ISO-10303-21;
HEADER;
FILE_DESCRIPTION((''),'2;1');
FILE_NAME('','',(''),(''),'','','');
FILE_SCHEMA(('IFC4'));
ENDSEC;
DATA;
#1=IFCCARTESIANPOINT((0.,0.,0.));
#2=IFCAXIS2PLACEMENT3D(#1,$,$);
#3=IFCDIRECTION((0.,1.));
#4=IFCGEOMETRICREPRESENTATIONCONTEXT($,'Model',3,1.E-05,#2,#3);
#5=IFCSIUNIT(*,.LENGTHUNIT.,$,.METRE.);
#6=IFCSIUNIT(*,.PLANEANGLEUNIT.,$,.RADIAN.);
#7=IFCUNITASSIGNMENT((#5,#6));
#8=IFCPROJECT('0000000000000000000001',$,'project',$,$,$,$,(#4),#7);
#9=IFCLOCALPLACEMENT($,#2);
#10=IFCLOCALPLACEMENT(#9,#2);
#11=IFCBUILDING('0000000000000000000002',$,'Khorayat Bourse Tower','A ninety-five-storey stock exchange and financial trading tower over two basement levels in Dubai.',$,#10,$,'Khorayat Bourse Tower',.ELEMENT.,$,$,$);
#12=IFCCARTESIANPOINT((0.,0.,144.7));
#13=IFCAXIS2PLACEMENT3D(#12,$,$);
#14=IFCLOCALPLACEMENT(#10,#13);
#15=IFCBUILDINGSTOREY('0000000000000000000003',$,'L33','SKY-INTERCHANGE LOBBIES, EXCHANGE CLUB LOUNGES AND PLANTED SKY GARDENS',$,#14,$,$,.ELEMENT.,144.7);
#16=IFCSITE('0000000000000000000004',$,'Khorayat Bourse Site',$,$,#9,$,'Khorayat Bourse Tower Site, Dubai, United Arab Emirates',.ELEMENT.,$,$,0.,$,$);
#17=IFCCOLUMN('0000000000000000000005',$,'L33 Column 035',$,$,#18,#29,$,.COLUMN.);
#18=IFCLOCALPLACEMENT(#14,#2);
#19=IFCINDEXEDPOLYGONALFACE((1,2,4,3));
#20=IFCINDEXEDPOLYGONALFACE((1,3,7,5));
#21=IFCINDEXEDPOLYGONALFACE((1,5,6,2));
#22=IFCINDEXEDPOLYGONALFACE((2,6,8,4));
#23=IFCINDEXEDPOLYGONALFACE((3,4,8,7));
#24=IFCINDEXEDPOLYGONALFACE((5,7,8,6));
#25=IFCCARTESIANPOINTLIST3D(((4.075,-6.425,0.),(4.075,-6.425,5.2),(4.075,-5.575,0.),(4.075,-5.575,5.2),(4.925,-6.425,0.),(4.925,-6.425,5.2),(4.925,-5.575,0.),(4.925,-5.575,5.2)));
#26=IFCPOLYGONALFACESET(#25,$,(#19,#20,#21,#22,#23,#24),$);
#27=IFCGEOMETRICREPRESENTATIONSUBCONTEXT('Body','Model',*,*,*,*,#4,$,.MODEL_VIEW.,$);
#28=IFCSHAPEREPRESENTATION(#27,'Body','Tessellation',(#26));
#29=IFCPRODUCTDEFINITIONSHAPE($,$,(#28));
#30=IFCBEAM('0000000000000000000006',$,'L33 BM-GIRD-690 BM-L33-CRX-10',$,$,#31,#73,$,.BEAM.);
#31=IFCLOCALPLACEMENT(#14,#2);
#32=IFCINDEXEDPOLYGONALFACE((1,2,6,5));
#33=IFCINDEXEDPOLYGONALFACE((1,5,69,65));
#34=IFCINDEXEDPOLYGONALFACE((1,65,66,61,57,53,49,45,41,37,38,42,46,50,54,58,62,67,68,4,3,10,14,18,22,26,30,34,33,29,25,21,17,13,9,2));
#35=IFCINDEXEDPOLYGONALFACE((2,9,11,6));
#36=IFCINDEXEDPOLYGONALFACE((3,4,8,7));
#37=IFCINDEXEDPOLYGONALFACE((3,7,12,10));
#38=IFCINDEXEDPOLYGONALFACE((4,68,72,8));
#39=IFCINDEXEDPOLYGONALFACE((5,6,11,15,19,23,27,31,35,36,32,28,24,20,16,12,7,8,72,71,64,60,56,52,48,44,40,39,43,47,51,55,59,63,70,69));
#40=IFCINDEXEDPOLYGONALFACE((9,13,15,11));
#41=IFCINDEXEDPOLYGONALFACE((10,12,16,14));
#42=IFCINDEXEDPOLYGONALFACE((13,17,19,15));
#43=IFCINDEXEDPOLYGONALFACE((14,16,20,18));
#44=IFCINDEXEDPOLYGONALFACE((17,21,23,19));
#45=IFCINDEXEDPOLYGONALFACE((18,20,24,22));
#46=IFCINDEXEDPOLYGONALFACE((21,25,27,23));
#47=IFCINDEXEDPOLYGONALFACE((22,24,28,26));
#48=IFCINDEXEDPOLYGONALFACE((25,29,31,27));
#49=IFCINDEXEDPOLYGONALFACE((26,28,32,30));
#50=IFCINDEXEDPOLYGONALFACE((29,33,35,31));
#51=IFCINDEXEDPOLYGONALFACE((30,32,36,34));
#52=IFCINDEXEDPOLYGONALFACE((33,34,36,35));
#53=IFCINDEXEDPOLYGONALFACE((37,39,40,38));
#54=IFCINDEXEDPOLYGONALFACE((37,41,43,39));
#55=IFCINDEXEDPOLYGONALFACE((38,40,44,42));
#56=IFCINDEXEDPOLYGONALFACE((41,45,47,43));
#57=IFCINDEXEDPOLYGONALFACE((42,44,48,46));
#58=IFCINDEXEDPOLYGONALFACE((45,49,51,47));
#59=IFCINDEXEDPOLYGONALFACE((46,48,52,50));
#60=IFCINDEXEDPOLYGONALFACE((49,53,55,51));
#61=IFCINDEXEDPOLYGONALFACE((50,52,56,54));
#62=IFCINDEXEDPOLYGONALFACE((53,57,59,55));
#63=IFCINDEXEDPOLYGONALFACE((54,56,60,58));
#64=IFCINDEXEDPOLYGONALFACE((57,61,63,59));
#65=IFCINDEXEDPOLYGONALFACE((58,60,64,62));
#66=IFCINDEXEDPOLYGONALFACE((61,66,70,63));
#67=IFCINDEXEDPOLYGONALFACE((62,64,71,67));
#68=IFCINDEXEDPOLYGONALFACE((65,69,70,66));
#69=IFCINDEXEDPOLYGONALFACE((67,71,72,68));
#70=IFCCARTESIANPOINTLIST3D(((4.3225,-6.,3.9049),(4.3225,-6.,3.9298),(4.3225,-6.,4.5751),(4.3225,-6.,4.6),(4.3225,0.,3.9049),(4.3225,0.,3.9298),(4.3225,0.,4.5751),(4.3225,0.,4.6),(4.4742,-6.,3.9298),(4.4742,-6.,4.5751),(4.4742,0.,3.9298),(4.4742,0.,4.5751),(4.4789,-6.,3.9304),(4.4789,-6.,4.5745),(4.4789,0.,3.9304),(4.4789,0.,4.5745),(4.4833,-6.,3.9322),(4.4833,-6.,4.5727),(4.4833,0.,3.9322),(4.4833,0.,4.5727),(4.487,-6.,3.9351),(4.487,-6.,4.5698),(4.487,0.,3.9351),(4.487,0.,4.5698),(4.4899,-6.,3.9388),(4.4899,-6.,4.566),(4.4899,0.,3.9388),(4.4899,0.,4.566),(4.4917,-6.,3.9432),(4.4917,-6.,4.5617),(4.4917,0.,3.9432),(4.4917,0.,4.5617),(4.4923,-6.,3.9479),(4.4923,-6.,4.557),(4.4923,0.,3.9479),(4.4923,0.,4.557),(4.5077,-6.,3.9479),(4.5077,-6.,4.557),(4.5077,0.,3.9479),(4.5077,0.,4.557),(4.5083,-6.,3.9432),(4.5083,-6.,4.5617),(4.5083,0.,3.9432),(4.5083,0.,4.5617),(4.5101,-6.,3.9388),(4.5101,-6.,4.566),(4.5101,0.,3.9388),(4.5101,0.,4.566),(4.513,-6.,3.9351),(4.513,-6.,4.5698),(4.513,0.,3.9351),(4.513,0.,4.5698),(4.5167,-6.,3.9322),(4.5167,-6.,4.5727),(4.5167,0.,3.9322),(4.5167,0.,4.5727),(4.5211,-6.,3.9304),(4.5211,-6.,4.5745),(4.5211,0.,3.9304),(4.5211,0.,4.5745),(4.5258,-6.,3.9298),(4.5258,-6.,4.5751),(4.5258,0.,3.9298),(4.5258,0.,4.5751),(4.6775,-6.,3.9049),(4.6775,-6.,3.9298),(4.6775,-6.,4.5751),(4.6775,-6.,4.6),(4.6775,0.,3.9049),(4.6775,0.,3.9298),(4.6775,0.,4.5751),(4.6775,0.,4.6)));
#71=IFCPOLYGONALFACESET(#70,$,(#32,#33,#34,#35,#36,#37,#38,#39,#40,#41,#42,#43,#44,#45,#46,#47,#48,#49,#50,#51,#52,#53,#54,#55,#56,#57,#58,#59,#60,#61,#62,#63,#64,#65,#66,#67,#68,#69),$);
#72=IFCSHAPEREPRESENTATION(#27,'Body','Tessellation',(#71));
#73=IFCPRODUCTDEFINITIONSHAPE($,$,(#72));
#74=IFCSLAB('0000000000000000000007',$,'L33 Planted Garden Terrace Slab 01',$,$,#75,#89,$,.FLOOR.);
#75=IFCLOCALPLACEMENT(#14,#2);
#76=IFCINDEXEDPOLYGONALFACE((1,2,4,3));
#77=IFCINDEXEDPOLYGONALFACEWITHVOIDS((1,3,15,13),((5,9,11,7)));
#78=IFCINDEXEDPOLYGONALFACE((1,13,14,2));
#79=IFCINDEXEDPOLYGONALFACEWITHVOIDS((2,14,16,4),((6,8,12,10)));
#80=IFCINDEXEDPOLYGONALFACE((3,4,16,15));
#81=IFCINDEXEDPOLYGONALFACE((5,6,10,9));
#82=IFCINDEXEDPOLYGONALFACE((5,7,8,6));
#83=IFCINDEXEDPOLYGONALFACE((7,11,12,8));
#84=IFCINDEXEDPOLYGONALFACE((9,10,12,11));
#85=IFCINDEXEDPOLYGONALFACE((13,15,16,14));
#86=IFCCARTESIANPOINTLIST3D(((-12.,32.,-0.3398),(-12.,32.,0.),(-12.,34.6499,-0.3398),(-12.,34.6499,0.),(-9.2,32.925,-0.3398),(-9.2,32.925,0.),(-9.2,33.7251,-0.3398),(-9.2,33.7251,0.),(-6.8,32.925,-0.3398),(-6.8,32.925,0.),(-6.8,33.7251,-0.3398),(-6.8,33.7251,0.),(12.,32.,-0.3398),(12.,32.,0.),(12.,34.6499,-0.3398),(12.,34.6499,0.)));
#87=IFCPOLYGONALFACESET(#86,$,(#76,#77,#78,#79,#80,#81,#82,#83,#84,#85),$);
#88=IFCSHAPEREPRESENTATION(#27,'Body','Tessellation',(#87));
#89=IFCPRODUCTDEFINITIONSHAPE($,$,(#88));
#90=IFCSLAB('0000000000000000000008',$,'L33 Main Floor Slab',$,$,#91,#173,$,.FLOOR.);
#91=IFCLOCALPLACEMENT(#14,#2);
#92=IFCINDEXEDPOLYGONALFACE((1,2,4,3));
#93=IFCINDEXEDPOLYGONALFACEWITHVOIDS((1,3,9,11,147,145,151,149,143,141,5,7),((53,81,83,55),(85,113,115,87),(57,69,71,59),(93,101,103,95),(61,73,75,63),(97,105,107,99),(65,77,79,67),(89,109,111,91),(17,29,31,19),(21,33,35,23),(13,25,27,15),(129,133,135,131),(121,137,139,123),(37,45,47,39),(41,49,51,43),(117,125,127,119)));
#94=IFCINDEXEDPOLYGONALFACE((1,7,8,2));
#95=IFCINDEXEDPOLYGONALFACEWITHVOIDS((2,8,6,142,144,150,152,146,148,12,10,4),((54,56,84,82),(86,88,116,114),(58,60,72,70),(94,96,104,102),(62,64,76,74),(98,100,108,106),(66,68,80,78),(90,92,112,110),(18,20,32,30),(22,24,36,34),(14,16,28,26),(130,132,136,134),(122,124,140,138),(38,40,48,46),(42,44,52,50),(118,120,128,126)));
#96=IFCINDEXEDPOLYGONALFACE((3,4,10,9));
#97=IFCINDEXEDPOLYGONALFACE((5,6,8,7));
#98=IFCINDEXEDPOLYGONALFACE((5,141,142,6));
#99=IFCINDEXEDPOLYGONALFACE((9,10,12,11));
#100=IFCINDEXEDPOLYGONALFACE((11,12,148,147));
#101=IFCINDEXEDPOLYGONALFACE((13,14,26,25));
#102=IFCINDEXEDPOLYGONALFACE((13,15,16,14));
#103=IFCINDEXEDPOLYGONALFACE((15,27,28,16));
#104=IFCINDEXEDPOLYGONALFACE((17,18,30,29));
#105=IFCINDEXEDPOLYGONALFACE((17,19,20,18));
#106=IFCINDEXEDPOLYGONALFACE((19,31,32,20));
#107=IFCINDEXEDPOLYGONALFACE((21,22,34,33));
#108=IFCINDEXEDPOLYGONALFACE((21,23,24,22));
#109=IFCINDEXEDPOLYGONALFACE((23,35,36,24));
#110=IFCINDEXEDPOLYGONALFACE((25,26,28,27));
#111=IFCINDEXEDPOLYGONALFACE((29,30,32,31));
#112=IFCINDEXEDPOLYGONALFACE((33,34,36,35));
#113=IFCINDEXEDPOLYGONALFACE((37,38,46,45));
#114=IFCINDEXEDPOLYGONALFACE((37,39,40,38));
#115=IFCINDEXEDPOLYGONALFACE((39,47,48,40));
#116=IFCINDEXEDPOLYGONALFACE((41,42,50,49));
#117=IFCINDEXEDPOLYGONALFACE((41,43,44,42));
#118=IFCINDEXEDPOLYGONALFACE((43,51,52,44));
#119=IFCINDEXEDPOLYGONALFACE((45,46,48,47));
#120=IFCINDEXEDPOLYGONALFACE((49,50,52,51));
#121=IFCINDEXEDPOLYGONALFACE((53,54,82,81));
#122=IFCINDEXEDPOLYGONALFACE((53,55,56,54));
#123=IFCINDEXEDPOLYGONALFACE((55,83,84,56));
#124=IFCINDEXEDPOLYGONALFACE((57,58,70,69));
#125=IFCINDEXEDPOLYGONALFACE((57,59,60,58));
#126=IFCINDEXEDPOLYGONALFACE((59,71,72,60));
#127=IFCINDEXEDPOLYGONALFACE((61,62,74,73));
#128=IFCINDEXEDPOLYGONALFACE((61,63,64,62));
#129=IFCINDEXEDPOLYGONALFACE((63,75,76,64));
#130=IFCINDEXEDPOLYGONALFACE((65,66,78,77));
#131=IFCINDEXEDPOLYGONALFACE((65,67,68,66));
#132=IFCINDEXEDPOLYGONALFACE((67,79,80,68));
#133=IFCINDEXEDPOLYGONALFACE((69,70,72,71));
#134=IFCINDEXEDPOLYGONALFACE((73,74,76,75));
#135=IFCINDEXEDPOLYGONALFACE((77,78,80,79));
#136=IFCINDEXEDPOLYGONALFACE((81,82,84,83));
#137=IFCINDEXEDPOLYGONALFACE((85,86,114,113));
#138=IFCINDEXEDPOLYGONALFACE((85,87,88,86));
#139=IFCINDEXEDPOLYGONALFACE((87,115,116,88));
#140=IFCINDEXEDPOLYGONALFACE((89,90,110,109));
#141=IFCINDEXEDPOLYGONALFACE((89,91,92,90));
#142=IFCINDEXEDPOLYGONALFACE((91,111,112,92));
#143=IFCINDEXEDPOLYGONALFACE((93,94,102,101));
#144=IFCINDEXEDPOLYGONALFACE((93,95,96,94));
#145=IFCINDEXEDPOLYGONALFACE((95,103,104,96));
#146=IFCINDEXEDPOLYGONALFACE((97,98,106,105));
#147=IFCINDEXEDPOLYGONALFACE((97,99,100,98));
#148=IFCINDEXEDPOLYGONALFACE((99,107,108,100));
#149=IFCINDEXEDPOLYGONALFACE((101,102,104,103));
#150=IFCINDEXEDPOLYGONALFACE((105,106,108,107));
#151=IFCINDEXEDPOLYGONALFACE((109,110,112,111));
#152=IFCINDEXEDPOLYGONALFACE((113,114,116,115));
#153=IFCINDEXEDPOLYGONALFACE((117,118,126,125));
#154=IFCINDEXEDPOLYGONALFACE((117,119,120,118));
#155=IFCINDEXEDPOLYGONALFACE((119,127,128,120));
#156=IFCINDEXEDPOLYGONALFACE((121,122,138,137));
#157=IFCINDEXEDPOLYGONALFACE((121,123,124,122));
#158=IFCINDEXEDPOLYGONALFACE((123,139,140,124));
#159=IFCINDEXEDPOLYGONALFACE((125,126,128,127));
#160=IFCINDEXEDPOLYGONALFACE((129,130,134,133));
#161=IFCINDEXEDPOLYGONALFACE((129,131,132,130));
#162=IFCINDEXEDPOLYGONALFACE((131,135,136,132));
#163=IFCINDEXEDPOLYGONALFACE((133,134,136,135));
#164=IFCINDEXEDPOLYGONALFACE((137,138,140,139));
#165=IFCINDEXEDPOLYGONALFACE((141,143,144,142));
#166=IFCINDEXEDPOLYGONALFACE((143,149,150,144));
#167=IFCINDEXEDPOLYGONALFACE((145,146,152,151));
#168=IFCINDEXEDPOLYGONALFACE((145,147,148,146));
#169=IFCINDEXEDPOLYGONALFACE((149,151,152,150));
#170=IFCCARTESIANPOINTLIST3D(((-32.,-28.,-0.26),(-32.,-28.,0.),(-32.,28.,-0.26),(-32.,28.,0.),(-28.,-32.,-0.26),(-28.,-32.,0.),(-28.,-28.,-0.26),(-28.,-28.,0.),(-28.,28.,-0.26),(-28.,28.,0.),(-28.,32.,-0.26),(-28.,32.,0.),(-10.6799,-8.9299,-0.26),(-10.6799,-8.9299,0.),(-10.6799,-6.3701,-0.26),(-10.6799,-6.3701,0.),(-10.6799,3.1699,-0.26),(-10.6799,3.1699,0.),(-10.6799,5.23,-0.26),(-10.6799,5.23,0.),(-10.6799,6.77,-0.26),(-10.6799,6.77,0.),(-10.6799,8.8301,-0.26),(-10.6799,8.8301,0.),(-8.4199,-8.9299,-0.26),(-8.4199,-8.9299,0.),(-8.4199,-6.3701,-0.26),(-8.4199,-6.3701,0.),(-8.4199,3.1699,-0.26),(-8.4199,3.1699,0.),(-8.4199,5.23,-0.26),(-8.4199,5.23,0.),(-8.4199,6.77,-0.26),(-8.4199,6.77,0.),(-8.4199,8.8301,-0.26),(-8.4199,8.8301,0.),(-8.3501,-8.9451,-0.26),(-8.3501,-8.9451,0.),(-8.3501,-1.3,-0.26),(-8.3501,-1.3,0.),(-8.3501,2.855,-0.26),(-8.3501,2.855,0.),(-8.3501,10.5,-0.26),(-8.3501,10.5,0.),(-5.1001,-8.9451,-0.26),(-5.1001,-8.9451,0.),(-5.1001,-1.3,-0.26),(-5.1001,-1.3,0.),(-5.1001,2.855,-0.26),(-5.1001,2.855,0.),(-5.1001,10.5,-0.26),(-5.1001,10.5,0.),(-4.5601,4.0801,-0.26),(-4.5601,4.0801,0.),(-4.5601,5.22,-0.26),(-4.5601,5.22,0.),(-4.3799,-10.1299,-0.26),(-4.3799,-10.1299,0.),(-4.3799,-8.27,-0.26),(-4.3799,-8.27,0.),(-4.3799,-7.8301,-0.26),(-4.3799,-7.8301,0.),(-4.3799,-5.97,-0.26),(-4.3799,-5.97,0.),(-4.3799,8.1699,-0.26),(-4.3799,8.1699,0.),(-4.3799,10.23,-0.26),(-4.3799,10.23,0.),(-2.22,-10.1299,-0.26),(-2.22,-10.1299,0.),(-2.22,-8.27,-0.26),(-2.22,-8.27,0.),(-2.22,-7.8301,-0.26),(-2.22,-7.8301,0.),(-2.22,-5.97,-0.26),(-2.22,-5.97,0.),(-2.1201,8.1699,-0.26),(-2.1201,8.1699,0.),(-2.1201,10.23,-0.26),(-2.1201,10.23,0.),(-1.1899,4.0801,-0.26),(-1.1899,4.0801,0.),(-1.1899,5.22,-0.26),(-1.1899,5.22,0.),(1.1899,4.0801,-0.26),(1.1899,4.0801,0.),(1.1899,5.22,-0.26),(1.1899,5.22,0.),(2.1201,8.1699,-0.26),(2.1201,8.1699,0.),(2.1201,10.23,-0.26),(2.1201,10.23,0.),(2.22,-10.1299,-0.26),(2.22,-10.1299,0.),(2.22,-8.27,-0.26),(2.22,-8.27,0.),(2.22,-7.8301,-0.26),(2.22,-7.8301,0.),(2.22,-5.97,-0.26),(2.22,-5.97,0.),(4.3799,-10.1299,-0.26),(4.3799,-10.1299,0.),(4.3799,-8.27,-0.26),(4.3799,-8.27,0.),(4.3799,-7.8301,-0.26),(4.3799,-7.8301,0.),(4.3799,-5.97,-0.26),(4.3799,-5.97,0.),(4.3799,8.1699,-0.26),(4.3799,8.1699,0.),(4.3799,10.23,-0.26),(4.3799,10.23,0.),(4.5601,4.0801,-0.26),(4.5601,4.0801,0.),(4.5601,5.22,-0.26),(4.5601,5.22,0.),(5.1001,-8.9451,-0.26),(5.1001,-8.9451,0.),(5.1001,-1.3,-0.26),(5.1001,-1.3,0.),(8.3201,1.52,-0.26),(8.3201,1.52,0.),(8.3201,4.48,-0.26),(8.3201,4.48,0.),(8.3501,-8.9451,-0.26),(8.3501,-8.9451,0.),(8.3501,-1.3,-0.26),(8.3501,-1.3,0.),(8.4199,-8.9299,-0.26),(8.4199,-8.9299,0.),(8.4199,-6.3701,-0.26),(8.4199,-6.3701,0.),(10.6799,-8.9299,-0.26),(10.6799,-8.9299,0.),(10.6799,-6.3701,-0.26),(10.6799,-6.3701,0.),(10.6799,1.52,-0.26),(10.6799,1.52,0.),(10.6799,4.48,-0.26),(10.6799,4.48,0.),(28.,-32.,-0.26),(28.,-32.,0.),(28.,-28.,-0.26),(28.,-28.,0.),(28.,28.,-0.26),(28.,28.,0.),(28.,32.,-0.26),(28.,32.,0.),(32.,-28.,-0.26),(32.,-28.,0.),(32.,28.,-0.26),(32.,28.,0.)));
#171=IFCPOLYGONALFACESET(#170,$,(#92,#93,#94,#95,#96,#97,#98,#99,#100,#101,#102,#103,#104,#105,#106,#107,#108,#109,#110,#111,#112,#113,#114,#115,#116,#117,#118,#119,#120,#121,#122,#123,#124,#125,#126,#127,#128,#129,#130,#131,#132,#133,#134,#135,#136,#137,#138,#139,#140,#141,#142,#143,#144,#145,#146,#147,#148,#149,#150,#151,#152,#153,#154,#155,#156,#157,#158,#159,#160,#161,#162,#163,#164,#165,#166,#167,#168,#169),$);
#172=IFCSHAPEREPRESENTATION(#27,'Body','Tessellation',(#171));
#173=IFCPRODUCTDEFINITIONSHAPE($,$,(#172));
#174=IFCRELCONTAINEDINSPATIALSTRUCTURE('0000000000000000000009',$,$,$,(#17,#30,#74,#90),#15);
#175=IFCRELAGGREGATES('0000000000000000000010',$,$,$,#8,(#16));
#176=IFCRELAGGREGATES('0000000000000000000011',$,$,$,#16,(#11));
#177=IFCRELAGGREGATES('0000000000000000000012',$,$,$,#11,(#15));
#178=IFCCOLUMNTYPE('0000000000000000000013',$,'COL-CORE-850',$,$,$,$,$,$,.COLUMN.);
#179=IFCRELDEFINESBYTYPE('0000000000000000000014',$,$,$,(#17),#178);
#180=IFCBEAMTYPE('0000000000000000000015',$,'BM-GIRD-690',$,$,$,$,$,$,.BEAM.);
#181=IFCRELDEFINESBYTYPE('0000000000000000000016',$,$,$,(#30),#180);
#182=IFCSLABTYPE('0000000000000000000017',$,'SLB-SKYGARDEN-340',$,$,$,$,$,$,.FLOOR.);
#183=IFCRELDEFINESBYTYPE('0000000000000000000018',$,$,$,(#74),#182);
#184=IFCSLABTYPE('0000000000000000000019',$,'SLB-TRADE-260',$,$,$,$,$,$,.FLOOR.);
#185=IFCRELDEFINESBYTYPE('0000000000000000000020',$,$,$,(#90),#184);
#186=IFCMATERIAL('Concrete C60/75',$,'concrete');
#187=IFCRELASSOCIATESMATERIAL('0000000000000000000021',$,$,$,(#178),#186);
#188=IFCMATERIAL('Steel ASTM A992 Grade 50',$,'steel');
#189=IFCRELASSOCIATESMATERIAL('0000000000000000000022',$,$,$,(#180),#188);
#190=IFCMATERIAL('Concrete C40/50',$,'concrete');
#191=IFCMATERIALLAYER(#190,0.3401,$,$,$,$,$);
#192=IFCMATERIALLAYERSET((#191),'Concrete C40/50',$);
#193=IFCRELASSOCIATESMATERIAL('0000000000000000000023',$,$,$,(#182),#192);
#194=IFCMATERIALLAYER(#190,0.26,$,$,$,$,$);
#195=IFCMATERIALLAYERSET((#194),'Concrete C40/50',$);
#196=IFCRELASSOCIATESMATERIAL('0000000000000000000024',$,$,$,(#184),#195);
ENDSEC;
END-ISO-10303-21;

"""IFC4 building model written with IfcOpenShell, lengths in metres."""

from ifc_helpers import new_model, si_unit, direction, frame, origin, origin_2d, place, context, subcontext, project, spatial, polyline, rectangle, i_section, outline, extrude, source, transform, mapped, material, layer, layer_set, material_profile, profile_set, type_object, element, save


model = new_model("IFC4")

# Units and contexts
model_context = context("Model", 3, precision=1e-05, world=origin(), true_north=direction((0.0, 1.0)))
body_context = subcontext(model_context, "Body", "Model", "MODEL_VIEW")
ifc_project = project(units=[si_unit("LENGTHUNIT", "METRE"), si_unit("PLANEANGLEUNIT", "RADIAN")], contexts=[model_context])

# Site, building, storey
site_placement = place(None, origin())
site = spatial("IfcSite", under=ifc_project, at=site_placement, Name="Khorayat Bourse Site", LongName="Khorayat Bourse Tower Site, Dubai, United Arab Emirates", CompositionType="ELEMENT", RefElevation=0.0)
building_placement = place(site_placement, origin())
building = spatial("IfcBuilding", under=site, at=building_placement, Name="Khorayat Bourse Tower", Description="A ninety-five-storey stock exchange and financial trading tower over two basement levels in Dubai.", LongName="Khorayat Bourse Tower", CompositionType="ELEMENT")
storey_placement = place(building_placement, frame((0.0, 0.0, 144.7)))
storey = spatial("IfcBuildingStorey", under=building, at=storey_placement, Name="L33", Description="SKY-INTERCHANGE LOBBIES, EXCHANGE CLUB LOUNGES AND PLANTED SKY GARDENS", CompositionType="ELEMENT", Elevation=144.7)

# Column
ifc_material_1 = material(Name="Concrete C60/75", Category="concrete")
ifc_material_profile_1 = material_profile(ifc_material_1, rectangle(XDim=0.8501, YDim=0.8501, at=origin_2d()), Name="RC 850x850")
ifc_profile_set_1 = profile_set([ifc_material_profile_1], Name="Concrete C60/75")
column_type = type_object("IfcColumnType", Name="COL-CORE-850", PredefinedType="COLUMN", material=ifc_profile_set_1)
shared_shape_1 = source(origin(), body_context, "Body", "SweptSolid", [
    extrude(rectangle(XDim=0.8501, YDim=0.8501, at=origin_2d()), origin(), (0.0, 0.0, 1.0), 5.2),
])
column_placement = place(storey_placement, frame((4.5, -6.0, 0.0), z_axis=(0.0, 0.0, 1.0), x_axis=(1.0, 0.0, 0.0)))
element("IfcColumn", 1, at=column_placement, inside=storey, type_object=column_type, Name="L33 Column 035", PredefinedType="COLUMN", context=body_context, shape_type="MappedRepresentation", body=[
    mapped(shared_shape_1, transform((0.0, 0.0, 0.0), scale=1.0)),
])

# Beam
ifc_material_2 = material(Name="Steel ASTM A992 Grade 50", Category="steel")
ifc_material_profile_2 = material_profile(ifc_material_2, i_section(OverallWidth=0.355, OverallDepth=0.6951, WebThickness=0.0154, FlangeThickness=0.0249, FilletRadius=0.0181, at=origin_2d()), Name="W690X217")
ifc_profile_set_2 = profile_set([ifc_material_profile_2], Name="Steel ASTM A992 Grade 50")
beam_type = type_object("IfcBeamType", Name="BM-GIRD-690", PredefinedType="BEAM", material=ifc_profile_set_2)
shared_shape_2 = source(origin(), body_context, "Body", "SweptSolid", [
    extrude(i_section(OverallWidth=0.355, OverallDepth=0.6951, WebThickness=0.0154, FlangeThickness=0.0249, FilletRadius=0.0181, at=origin_2d()), origin(), (0.0, 0.0, 1.0), 6.0),
])
beam_placement = place(storey_placement, frame((4.5, -6.0, 4.2524), z_axis=(0.0, 1.0, 0.0), x_axis=(-1.0, 0.0, 0.0)))
element("IfcBeam", 2, at=beam_placement, inside=storey, type_object=beam_type, Name="L33 BM-GIRD-690 BM-L33-CRX-10", PredefinedType="BEAM", context=body_context, shape_type="MappedRepresentation", body=[
    mapped(shared_shape_2, transform((0.0, 0.0, 0.0), scale=1.0)),
])

# Slabs
ifc_material_3 = material(Name="Concrete C40/50", Category="concrete")
ifc_layer_1 = layer(ifc_material_3, 0.3401)
ifc_layer_set_1 = layer_set([ifc_layer_1], Name="Concrete C40/50")
slab_type_1 = type_object("IfcSlabType", Name="SLB-SKYGARDEN-340", PredefinedType="FLOOR", material=ifc_layer_set_1)
slab_1_placement = place(storey_placement, frame((0.0, 0.0, -0.3398)))
element("IfcSlab", 3, at=slab_1_placement, inside=storey, type_object=slab_type_1, Name="L33 Planted Garden Terrace Slab 01", PredefinedType="FLOOR", context=body_context, shape_type="SweptSolid", body=[
    extrude(outline(polyline([(-12.0, 32.0), (12.0, 32.0), (12.0, 34.6499), (-12.0, 34.6499), (-12.0, 32.0)]), holes=[polyline([(-9.2, 32.925), (-6.8, 32.925), (-6.8, 33.7251), (-9.2, 33.7251), (-9.2, 32.925)])]), origin(), (0.0, 0.0, 1.0), 0.3398),
])
ifc_layer_2 = layer(ifc_material_3, 0.26)
ifc_layer_set_2 = layer_set([ifc_layer_2], Name="Concrete C40/50")
slab_type_2 = type_object("IfcSlabType", Name="SLB-TRADE-260", PredefinedType="FLOOR", material=ifc_layer_set_2)
slab_2_placement = place(storey_placement, frame((0.0, 0.0, -0.26)))
element("IfcSlab", 4, at=slab_2_placement, inside=storey, type_object=slab_type_2, Name="L33 Main Floor Slab", PredefinedType="FLOOR", context=body_context, shape_type="SweptSolid", body=[
    extrude(outline(polyline([(-28.0, -32.0), (28.0, -32.0), (28.0, -28.0), (32.0, -28.0), (32.0, 28.0), (28.0, 28.0), (28.0, 32.0), (-28.0, 32.0), (-28.0, 28.0), (-32.0, 28.0), (-32.0, -28.0), (-28.0, -28.0), (-28.0, -32.0)]), holes=[polyline([(-8.3501, -8.9451), (-5.1001, -8.9451), (-5.1001, -1.3), (-8.3501, -1.3), (-8.3501, -8.9451)]), polyline([(-8.3501, 2.855), (-5.1001, 2.855), (-5.1001, 10.5), (-8.3501, 10.5), (-8.3501, 2.855)]), polyline([(5.1001, -8.9451), (8.3501, -8.9451), (8.3501, -1.3), (5.1001, -1.3), (5.1001, -8.9451)]), polyline([(-4.3799, -10.1299), (-2.22, -10.1299), (-2.22, -8.27), (-4.3799, -8.27), (-4.3799, -10.1299)]), polyline([(2.22, -10.1299), (4.3799, -10.1299), (4.3799, -8.27), (2.22, -8.27), (2.22, -10.1299)]), polyline([(-4.3799, -7.8301), (-2.22, -7.8301), (-2.22, -5.97), (-4.3799, -5.97), (-4.3799, -7.8301)]), polyline([(2.22, -7.8301), (4.3799, -7.8301), (4.3799, -5.97), (2.22, -5.97), (2.22, -7.8301)]), polyline([(-4.3799, 8.1699), (-2.1201, 8.1699), (-2.1201, 10.23), (-4.3799, 10.23), (-4.3799, 8.1699)]), polyline([(2.1201, 8.1699), (4.3799, 8.1699), (4.3799, 10.23), (2.1201, 10.23), (2.1201, 8.1699)]), polyline([(-10.6799, 3.1699), (-8.4199, 3.1699), (-8.4199, 5.23), (-10.6799, 5.23), (-10.6799, 3.1699)]), polyline([(-10.6799, 6.77), (-8.4199, 6.77), (-8.4199, 8.8301), (-10.6799, 8.8301), (-10.6799, 6.77)]), polyline([(-10.6799, -8.9299), (-8.4199, -8.9299), (-8.4199, -6.3701), (-10.6799, -6.3701), (-10.6799, -8.9299)]), polyline([(8.4199, -8.9299), (10.6799, -8.9299), (10.6799, -6.3701), (8.4199, -6.3701), (8.4199, -8.9299)]), polyline([(8.3201, 1.52), (10.6799, 1.52), (10.6799, 4.48), (8.3201, 4.48), (8.3201, 1.52)]), polyline([(-4.5601, 4.0801), (-1.1899, 4.0801), (-1.1899, 5.22), (-4.5601, 5.22), (-4.5601, 4.0801)]), polyline([(1.1899, 4.0801), (4.5601, 4.0801), (4.5601, 5.22), (1.1899, 5.22), (1.1899, 4.0801)])]), origin(), (0.0, 0.0, 1.0), 0.26),
])

save(model, "model.ifc")
